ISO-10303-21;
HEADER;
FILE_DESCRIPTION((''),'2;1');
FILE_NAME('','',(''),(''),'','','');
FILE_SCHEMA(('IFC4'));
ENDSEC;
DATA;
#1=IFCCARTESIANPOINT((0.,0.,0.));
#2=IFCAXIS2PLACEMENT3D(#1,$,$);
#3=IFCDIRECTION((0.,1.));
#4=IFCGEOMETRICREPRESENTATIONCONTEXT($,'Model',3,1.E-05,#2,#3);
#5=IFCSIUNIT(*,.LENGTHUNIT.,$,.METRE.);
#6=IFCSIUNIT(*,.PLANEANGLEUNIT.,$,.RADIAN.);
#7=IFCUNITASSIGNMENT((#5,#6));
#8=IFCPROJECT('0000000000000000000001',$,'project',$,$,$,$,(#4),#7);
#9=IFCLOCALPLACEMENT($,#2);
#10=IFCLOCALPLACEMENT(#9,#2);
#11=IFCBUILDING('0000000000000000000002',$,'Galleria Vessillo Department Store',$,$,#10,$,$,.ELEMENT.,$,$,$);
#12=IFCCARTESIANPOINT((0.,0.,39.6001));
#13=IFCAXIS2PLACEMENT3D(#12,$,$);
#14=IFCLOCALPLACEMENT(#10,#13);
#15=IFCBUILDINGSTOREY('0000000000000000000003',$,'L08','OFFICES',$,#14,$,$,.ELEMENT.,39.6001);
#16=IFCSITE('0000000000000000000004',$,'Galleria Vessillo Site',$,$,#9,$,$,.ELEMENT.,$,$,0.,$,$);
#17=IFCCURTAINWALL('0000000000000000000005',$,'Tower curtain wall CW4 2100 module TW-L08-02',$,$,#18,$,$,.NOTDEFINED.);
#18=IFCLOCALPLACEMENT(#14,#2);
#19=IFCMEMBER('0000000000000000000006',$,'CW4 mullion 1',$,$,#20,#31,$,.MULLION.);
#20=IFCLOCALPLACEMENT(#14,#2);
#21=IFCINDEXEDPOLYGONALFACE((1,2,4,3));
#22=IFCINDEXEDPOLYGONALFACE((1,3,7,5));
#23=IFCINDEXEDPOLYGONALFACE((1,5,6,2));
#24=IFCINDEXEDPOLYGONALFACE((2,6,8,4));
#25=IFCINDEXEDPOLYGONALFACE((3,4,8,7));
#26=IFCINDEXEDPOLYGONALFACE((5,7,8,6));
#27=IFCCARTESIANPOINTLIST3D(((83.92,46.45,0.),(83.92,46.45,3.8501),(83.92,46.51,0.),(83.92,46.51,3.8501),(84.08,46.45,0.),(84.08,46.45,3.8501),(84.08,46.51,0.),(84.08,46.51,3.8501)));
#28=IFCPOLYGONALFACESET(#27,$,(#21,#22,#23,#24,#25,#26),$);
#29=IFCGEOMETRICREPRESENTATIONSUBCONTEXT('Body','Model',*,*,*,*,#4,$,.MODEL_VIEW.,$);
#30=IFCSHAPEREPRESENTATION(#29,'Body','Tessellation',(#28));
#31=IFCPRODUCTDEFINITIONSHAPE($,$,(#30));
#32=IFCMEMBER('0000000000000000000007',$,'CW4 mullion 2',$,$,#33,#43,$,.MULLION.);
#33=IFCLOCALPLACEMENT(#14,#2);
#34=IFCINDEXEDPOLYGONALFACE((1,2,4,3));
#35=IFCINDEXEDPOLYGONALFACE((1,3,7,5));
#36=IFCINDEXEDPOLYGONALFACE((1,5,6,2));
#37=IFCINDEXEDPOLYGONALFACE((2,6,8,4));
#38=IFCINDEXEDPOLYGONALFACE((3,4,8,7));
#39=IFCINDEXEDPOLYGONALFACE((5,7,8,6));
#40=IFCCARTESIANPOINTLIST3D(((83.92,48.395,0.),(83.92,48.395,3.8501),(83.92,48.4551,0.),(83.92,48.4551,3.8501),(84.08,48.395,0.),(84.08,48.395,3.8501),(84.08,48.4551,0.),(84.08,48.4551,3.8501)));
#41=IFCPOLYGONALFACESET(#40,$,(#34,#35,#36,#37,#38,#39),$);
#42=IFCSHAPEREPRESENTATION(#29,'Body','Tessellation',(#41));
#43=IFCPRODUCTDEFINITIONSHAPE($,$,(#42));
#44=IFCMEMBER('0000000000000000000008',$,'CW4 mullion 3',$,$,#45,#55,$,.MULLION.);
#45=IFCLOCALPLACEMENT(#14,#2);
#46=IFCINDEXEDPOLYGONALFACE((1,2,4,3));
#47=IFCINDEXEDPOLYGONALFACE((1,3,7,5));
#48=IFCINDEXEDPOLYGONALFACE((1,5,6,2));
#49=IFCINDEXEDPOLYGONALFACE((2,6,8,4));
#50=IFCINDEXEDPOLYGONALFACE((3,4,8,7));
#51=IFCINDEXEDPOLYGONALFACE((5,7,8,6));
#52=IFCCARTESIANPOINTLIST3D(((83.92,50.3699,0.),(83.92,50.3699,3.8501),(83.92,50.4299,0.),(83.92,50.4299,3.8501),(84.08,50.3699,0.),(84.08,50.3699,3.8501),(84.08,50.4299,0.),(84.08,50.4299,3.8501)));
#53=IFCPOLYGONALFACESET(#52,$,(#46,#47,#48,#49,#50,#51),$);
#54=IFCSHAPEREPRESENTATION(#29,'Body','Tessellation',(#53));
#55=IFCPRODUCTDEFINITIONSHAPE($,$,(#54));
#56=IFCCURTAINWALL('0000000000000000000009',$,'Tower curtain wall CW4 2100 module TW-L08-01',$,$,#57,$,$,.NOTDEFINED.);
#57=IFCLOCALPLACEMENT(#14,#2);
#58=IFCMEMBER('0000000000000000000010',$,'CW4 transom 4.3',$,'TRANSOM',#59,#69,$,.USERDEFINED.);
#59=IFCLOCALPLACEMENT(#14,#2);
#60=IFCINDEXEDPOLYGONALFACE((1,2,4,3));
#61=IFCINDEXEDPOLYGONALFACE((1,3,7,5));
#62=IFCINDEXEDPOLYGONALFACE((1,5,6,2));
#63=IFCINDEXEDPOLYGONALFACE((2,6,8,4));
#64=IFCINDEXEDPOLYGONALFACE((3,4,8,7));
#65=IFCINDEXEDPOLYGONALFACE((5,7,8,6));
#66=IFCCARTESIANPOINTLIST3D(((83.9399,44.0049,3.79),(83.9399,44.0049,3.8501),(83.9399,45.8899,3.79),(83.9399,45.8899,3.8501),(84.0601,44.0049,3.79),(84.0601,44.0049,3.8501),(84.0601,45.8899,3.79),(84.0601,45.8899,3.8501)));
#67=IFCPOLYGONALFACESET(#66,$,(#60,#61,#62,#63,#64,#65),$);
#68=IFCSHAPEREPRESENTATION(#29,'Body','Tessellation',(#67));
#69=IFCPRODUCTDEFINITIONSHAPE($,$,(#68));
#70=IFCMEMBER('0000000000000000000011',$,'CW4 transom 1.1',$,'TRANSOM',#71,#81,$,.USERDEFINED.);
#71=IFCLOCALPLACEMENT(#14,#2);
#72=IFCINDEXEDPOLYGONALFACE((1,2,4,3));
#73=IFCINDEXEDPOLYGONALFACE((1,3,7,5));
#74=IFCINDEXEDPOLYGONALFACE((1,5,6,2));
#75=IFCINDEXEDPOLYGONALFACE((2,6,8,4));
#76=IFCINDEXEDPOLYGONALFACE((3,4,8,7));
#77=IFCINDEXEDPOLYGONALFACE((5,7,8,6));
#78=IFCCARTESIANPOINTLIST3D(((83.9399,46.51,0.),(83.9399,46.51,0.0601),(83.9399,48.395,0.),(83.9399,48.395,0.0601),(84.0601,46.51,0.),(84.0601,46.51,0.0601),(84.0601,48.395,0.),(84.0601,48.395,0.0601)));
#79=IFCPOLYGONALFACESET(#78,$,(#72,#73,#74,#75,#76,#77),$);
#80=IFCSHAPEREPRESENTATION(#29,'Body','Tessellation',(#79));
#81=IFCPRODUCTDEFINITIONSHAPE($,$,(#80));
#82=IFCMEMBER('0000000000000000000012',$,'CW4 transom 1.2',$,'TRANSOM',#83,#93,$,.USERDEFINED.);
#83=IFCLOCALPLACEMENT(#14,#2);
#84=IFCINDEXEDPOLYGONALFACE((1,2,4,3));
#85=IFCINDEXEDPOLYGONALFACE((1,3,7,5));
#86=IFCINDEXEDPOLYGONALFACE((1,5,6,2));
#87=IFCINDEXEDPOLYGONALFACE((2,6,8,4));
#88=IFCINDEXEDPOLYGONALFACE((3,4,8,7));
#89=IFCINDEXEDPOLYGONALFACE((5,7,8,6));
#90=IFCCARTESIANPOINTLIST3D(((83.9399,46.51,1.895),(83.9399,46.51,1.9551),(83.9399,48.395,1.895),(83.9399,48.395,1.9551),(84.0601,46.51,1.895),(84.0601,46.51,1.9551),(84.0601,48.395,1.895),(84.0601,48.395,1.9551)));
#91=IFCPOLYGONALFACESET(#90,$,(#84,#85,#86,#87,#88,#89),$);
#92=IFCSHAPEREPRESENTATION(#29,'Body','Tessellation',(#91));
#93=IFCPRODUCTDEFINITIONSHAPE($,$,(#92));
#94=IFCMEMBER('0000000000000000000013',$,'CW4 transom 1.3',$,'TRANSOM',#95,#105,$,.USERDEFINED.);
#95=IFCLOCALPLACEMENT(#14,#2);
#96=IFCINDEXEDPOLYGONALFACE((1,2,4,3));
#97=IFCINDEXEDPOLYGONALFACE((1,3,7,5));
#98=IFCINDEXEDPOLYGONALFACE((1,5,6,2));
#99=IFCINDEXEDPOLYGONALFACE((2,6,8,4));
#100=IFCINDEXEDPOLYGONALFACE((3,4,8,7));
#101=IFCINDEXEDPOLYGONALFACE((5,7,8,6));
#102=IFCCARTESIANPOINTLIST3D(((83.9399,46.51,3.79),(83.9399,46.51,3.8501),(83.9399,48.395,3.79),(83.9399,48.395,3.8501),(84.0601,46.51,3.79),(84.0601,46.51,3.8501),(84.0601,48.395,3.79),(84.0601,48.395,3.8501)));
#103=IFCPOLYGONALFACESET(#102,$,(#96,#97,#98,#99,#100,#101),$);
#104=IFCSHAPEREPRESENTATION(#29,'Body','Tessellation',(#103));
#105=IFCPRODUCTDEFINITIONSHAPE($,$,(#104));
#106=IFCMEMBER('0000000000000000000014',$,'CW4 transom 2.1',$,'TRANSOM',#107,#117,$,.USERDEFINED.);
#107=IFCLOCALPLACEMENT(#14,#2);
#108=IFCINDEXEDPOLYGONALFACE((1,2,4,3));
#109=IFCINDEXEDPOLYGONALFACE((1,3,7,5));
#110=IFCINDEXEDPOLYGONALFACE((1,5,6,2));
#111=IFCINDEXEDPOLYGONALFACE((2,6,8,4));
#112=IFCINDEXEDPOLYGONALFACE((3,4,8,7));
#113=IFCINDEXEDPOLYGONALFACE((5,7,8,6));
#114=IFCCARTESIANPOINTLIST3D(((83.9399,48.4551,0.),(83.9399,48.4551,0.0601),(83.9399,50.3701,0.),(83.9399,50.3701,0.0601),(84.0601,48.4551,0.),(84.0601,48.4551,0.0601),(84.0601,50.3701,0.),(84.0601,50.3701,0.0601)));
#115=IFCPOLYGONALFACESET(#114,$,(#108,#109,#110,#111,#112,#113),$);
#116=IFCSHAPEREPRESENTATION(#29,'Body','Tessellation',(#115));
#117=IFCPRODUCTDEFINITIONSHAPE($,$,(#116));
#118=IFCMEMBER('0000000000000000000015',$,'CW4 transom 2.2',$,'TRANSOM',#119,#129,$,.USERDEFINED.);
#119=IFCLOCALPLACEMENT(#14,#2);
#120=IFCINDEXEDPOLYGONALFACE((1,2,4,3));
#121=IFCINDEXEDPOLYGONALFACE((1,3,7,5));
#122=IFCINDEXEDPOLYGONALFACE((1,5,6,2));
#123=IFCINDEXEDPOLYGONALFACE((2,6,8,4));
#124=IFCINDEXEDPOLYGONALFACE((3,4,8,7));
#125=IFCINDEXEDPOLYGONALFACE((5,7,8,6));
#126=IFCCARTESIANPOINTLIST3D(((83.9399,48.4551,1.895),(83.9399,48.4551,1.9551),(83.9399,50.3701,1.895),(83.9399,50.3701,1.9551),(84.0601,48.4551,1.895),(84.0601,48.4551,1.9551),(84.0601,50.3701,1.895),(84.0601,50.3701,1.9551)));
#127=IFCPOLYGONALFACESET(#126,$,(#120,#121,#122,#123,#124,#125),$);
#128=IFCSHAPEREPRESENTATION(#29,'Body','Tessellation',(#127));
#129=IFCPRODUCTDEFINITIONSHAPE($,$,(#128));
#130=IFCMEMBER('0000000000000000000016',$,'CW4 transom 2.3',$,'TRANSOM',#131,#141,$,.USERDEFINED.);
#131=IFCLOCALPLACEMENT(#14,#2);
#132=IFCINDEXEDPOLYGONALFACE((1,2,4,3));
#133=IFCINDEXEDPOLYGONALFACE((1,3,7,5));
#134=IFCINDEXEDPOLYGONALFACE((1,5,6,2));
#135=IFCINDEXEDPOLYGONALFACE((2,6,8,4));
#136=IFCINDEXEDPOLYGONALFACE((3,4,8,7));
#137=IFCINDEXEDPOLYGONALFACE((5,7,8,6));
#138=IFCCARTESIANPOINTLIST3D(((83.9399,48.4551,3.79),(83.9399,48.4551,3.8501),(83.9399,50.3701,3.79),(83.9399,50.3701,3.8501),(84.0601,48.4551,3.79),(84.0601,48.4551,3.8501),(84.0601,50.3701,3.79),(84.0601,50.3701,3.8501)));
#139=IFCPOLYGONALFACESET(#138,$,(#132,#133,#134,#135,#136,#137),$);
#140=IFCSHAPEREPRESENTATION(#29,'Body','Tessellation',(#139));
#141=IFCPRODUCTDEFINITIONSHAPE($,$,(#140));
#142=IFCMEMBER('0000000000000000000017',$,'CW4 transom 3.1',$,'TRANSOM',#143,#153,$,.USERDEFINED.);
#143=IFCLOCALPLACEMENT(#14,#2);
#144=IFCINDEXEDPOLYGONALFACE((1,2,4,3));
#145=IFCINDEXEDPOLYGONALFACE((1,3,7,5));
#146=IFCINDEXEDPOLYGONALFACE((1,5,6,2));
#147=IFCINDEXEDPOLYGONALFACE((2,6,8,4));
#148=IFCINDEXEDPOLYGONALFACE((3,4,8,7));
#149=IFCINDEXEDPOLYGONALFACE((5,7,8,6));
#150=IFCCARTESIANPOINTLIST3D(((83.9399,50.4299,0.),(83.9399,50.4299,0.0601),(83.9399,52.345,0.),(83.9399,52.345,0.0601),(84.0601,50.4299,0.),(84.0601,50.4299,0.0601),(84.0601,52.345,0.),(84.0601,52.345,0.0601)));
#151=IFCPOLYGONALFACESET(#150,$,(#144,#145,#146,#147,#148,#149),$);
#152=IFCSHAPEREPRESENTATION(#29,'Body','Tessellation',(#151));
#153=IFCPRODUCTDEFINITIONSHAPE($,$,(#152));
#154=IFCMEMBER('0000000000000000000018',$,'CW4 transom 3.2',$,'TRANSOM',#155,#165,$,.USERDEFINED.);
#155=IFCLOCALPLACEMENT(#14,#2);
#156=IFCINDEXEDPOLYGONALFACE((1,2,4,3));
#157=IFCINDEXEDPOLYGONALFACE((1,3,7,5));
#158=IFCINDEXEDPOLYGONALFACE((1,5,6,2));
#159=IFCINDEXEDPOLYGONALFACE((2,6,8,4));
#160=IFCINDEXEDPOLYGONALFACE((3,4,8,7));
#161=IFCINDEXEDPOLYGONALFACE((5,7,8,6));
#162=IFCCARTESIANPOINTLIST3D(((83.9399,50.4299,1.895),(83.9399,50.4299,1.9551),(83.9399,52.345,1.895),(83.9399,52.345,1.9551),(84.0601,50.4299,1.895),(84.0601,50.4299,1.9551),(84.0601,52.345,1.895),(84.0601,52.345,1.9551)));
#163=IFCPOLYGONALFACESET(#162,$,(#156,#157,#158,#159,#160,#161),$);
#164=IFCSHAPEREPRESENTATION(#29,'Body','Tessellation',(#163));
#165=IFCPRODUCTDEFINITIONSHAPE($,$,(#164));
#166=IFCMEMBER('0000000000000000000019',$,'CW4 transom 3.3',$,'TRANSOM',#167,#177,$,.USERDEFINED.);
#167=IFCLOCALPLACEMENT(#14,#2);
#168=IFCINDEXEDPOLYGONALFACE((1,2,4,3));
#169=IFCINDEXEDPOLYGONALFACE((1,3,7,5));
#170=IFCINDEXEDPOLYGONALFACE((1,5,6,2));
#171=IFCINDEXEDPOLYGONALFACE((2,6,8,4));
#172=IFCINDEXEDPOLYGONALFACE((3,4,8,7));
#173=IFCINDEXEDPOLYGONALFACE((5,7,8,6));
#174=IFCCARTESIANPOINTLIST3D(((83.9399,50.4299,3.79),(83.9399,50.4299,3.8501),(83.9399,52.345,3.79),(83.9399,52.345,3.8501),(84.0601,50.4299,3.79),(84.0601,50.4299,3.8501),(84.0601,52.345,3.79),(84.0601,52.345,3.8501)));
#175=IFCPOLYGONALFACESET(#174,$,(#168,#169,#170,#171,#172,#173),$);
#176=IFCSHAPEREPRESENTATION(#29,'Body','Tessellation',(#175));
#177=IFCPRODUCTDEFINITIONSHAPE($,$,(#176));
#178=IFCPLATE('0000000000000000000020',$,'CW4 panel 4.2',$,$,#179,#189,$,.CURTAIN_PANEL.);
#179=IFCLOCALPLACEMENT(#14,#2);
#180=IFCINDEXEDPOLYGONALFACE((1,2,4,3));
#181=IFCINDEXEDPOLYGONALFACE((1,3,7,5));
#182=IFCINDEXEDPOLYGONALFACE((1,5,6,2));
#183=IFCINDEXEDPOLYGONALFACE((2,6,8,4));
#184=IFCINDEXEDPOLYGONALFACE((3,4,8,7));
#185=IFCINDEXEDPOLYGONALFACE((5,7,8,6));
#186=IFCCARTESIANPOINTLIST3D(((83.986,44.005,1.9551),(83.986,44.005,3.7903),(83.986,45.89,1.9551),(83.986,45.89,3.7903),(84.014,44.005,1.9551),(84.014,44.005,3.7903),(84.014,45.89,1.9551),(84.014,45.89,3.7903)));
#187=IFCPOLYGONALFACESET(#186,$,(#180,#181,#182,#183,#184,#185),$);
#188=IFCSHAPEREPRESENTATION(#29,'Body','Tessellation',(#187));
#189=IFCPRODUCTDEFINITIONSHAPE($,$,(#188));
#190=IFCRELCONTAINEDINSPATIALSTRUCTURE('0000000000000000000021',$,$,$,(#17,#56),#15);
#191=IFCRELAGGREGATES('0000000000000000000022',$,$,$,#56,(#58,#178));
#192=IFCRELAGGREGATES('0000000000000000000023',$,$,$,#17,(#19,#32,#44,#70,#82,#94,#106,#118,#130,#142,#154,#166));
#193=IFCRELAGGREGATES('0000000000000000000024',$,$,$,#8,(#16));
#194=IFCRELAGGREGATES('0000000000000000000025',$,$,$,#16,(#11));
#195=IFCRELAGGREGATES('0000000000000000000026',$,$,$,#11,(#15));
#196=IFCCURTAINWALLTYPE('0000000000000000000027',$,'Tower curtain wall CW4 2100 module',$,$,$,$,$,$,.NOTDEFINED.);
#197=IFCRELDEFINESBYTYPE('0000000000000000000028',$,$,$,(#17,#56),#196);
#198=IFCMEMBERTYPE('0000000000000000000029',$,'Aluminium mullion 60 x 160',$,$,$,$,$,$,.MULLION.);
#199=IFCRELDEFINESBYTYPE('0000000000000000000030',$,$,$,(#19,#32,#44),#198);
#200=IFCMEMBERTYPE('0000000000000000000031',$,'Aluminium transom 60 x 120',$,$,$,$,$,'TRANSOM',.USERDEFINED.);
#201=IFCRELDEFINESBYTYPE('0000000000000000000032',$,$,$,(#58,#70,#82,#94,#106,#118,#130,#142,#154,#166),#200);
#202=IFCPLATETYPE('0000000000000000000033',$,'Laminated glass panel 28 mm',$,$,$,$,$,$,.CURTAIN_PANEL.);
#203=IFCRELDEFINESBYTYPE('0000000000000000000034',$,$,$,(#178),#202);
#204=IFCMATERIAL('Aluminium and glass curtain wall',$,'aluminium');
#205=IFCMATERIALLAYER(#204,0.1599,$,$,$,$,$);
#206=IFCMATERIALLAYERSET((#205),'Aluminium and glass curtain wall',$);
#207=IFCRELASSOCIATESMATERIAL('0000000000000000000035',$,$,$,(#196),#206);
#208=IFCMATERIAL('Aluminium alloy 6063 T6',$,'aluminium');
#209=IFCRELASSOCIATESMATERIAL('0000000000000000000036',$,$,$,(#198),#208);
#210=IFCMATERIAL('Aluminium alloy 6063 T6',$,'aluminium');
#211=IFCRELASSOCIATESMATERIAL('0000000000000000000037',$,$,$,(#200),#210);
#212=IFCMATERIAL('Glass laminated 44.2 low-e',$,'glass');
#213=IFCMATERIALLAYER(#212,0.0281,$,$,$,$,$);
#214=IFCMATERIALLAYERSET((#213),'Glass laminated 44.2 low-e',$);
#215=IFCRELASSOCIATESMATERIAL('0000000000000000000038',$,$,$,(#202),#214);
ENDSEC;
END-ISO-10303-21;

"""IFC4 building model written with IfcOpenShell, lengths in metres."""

from ifc_helpers import new_model, si_unit, direction, frame, origin, origin_2d, place, context, subcontext, project, spatial, rectangle, extrude, material, layer, layer_set, material_profile, profile_set, type_object, element, aggregate, save


model = new_model("IFC4")

# Units and contexts
model_context = context("Model", 3, precision=1e-05, world=origin(), true_north=direction((0.0, 1.0)))
body_context = subcontext(model_context, "Body", "Model", "MODEL_VIEW")
ifc_project = project(units=[si_unit("LENGTHUNIT", "METRE"), si_unit("PLANEANGLEUNIT", "RADIAN")], contexts=[model_context])

# Site, building, storey
site_placement = place(None, origin())
site = spatial("IfcSite", under=ifc_project, at=site_placement, Name="Galleria Vessillo Site", CompositionType="ELEMENT", RefElevation=0.0)
building_placement = place(site_placement, origin())
building = spatial("IfcBuilding", under=site, at=building_placement, Name="Galleria Vessillo Department Store", CompositionType="ELEMENT")
storey_placement = place(building_placement, frame((0.0, 0.0, 39.6001)))
storey = spatial("IfcBuildingStorey", under=building, at=storey_placement, Name="L08", Description="OFFICES", CompositionType="ELEMENT", Elevation=39.6001)

# Curtain wall, members
ifc_material_1 = material(Name="Aluminium and glass curtain wall", Category="aluminium")
ifc_layer_1 = layer(ifc_material_1, 0.1599)
ifc_layer_set_1 = layer_set([ifc_layer_1], Name="Aluminium and glass curtain wall")
curtain_wall_type = type_object("IfcCurtainWallType", Name="Tower curtain wall CW4 2100 module", PredefinedType="NOTDEFINED", material=ifc_layer_set_1)
curtain_wall_1_placement = place(storey_placement, origin())
curtain_wall_1 = element("IfcCurtainWall", 1, at=curtain_wall_1_placement, inside=storey, type_object=curtain_wall_type, Name="Tower curtain wall CW4 2100 module TW-L08-02", PredefinedType="NOTDEFINED")
ifc_material_2 = material(Name="Aluminium alloy 6063 T6", Category="aluminium")
ifc_material_profile_1 = material_profile(ifc_material_2, rectangle(XDim=0.1599, YDim=0.0601, at=origin_2d()), Name="AL 60x160")
ifc_profile_set_1 = profile_set([ifc_material_profile_1], Name="Aluminium alloy 6063 T6")
member_type_1 = type_object("IfcMemberType", Name="Aluminium mullion 60 x 160", PredefinedType="MULLION", material=ifc_profile_set_1)
member_1_placement = place(storey_placement, frame((84.0, 46.48, 0.0), z_axis=(0.0, 0.0, 1.0), x_axis=(-1.0, 0.0, 0.0)))
member_1 = element("IfcMember", 2, at=member_1_placement, type_object=member_type_1, Name="CW4 mullion 1", PredefinedType="MULLION", context=body_context, shape_type="SweptSolid", body=[
    extrude(rectangle(XDim=0.1599, YDim=0.0601, at=origin_2d()), origin(), (0.0, 0.0, 1.0), 3.8501),
])
member_2_placement = place(storey_placement, frame((84.0, 48.425, 0.0), z_axis=(0.0, 0.0, 1.0), x_axis=(-1.0, 0.0, 0.0)))
member_2 = element("IfcMember", 3, at=member_2_placement, type_object=member_type_1, Name="CW4 mullion 2", PredefinedType="MULLION", context=body_context, shape_type="SweptSolid", body=[
    extrude(rectangle(XDim=0.1599, YDim=0.0601, at=origin_2d()), origin(), (0.0, 0.0, 1.0), 3.8501),
])
member_3_placement = place(storey_placement, frame((84.0, 50.3999, 0.0), z_axis=(0.0, 0.0, 1.0), x_axis=(-1.0, 0.0, 0.0)))
member_3 = element("IfcMember", 4, at=member_3_placement, type_object=member_type_1, Name="CW4 mullion 3", PredefinedType="MULLION", context=body_context, shape_type="SweptSolid", body=[
    extrude(rectangle(XDim=0.1599, YDim=0.0601, at=origin_2d()), origin(), (0.0, 0.0, 1.0), 3.8501),
])

# Curtain wall, member
curtain_wall_2_placement = place(storey_placement, origin())
curtain_wall_2 = element("IfcCurtainWall", 5, at=curtain_wall_2_placement, inside=storey, type_object=curtain_wall_type, Name="Tower curtain wall CW4 2100 module TW-L08-01", PredefinedType="NOTDEFINED")
ifc_material_3 = material(Name="Aluminium alloy 6063 T6", Category="aluminium")
ifc_material_profile_2 = material_profile(ifc_material_3, rectangle(XDim=0.1201, YDim=0.0601, at=origin_2d()), Name="AL 60x120")
ifc_profile_set_2 = profile_set([ifc_material_profile_2], Name="Aluminium alloy 6063 T6")
member_type_2 = type_object("IfcMemberType", Name="Aluminium transom 60 x 120", ElementType="TRANSOM", PredefinedType="USERDEFINED", material=ifc_profile_set_2)
member_4_placement = place(storey_placement, frame((84.0, 44.0049, 3.8201), z_axis=(0.0, 1.0, 0.0), x_axis=(-1.0, 0.0, 0.0)))
member_4 = element("IfcMember", 6, at=member_4_placement, type_object=member_type_2, Name="CW4 transom 4.3", ObjectType="TRANSOM", PredefinedType="USERDEFINED", context=body_context, shape_type="SweptSolid", body=[
    extrude(rectangle(XDim=0.1201, YDim=0.0601, at=origin_2d()), origin(), (0.0, 0.0, 1.0), 1.885),
])

# Members
member_5_placement = place(storey_placement, frame((84.0, 46.51, 0.03), z_axis=(0.0, 1.0, 0.0), x_axis=(-1.0, 0.0, 0.0)))
member_5 = element("IfcMember", 7, at=member_5_placement, type_object=member_type_2, Name="CW4 transom 1.1", ObjectType="TRANSOM", PredefinedType="USERDEFINED", context=body_context, shape_type="SweptSolid", body=[
    extrude(rectangle(XDim=0.1201, YDim=0.0601, at=origin_2d()), origin(), (0.0, 0.0, 1.0), 1.885),
])
member_6_placement = place(storey_placement, frame((84.0, 46.51, 1.925), z_axis=(0.0, 1.0, 0.0), x_axis=(-1.0, 0.0, 0.0)))
member_6 = element("IfcMember", 8, at=member_6_placement, type_object=member_type_2, Name="CW4 transom 1.2", ObjectType="TRANSOM", PredefinedType="USERDEFINED", context=body_context, shape_type="SweptSolid", body=[
    extrude(rectangle(XDim=0.1201, YDim=0.0601, at=origin_2d()), origin(), (0.0, 0.0, 1.0), 1.885),
])
member_7_placement = place(storey_placement, frame((84.0, 46.51, 3.8201), z_axis=(0.0, 1.0, 0.0), x_axis=(-1.0, 0.0, 0.0)))
member_7 = element("IfcMember", 9, at=member_7_placement, type_object=member_type_2, Name="CW4 transom 1.3", ObjectType="TRANSOM", PredefinedType="USERDEFINED", context=body_context, shape_type="SweptSolid", body=[
    extrude(rectangle(XDim=0.1201, YDim=0.0601, at=origin_2d()), origin(), (0.0, 0.0, 1.0), 1.885),
])
member_8_placement = place(storey_placement, frame((84.0, 48.4551, 0.03), z_axis=(0.0, 1.0, 0.0), x_axis=(-1.0, 0.0, 0.0)))
member_8 = element("IfcMember", 10, at=member_8_placement, type_object=member_type_2, Name="CW4 transom 2.1", ObjectType="TRANSOM", PredefinedType="USERDEFINED", context=body_context, shape_type="SweptSolid", body=[
    extrude(rectangle(XDim=0.1201, YDim=0.0601, at=origin_2d()), origin(), (0.0, 0.0, 1.0), 1.915),
])
member_9_placement = place(storey_placement, frame((84.0, 48.4551, 1.925), z_axis=(0.0, 1.0, 0.0), x_axis=(-1.0, 0.0, 0.0)))
member_9 = element("IfcMember", 11, at=member_9_placement, type_object=member_type_2, Name="CW4 transom 2.2", ObjectType="TRANSOM", PredefinedType="USERDEFINED", context=body_context, shape_type="SweptSolid", body=[
    extrude(rectangle(XDim=0.1201, YDim=0.0601, at=origin_2d()), origin(), (0.0, 0.0, 1.0), 1.915),
])
member_10_placement = place(storey_placement, frame((84.0, 48.4551, 3.8201), z_axis=(0.0, 1.0, 0.0), x_axis=(-1.0, 0.0, 0.0)))
member_10 = element("IfcMember", 12, at=member_10_placement, type_object=member_type_2, Name="CW4 transom 2.3", ObjectType="TRANSOM", PredefinedType="USERDEFINED", context=body_context, shape_type="SweptSolid", body=[
    extrude(rectangle(XDim=0.1201, YDim=0.0601, at=origin_2d()), origin(), (0.0, 0.0, 1.0), 1.915),
])
member_11_placement = place(storey_placement, frame((84.0, 50.4299, 0.03), z_axis=(0.0, 1.0, 0.0), x_axis=(-1.0, 0.0, 0.0)))
member_11 = element("IfcMember", 13, at=member_11_placement, type_object=member_type_2, Name="CW4 transom 3.1", ObjectType="TRANSOM", PredefinedType="USERDEFINED", context=body_context, shape_type="SweptSolid", body=[
    extrude(rectangle(XDim=0.1201, YDim=0.0601, at=origin_2d()), origin(), (0.0, 0.0, 1.0), 1.915),
])
member_12_placement = place(storey_placement, frame((84.0, 50.4299, 1.925), z_axis=(0.0, 1.0, 0.0), x_axis=(-1.0, 0.0, 0.0)))
member_12 = element("IfcMember", 14, at=member_12_placement, type_object=member_type_2, Name="CW4 transom 3.2", ObjectType="TRANSOM", PredefinedType="USERDEFINED", context=body_context, shape_type="SweptSolid", body=[
    extrude(rectangle(XDim=0.1201, YDim=0.0601, at=origin_2d()), origin(), (0.0, 0.0, 1.0), 1.915),
])
member_13_placement = place(storey_placement, frame((84.0, 50.4299, 3.8201), z_axis=(0.0, 1.0, 0.0), x_axis=(-1.0, 0.0, 0.0)))
member_13 = element("IfcMember", 15, at=member_13_placement, type_object=member_type_2, Name="CW4 transom 3.3", ObjectType="TRANSOM", PredefinedType="USERDEFINED", context=body_context, shape_type="SweptSolid", body=[
    extrude(rectangle(XDim=0.1201, YDim=0.0601, at=origin_2d()), origin(), (0.0, 0.0, 1.0), 1.915),
])

# Plate
ifc_material_4 = material(Name="Glass laminated 44.2 low-e", Category="glass")
ifc_layer_2 = layer(ifc_material_4, 0.0281)
ifc_layer_set_2 = layer_set([ifc_layer_2], Name="Glass laminated 44.2 low-e")
plate_type_1 = type_object("IfcPlateType", Name="Laminated glass panel 28 mm", PredefinedType="CURTAIN_PANEL", material=ifc_layer_set_2)
plate_1_placement = place(storey_placement, frame((84.0, 44.9475, 1.9551), z_axis=(0.0, 0.0, 1.0), x_axis=(0.0, 1.0, 0.0)))
plate_1 = element("IfcPlate", 16, at=plate_1_placement, type_object=plate_type_1, Name="CW4 panel 4.2", PredefinedType="CURTAIN_PANEL", context=body_context, shape_type="SweptSolid", body=[
    extrude(rectangle(XDim=1.885, YDim=0.0281, at=origin_2d()), origin(), (0.0, 0.0, 1.0), 1.8352),
])
aggregate(curtain_wall_2, [member_4, plate_1])
aggregate(curtain_wall_1, [member_1, member_2, member_3, member_5, member_6, member_7, member_8, member_9, member_10, member_11, member_12, member_13])

save(model, "model.ifc")
